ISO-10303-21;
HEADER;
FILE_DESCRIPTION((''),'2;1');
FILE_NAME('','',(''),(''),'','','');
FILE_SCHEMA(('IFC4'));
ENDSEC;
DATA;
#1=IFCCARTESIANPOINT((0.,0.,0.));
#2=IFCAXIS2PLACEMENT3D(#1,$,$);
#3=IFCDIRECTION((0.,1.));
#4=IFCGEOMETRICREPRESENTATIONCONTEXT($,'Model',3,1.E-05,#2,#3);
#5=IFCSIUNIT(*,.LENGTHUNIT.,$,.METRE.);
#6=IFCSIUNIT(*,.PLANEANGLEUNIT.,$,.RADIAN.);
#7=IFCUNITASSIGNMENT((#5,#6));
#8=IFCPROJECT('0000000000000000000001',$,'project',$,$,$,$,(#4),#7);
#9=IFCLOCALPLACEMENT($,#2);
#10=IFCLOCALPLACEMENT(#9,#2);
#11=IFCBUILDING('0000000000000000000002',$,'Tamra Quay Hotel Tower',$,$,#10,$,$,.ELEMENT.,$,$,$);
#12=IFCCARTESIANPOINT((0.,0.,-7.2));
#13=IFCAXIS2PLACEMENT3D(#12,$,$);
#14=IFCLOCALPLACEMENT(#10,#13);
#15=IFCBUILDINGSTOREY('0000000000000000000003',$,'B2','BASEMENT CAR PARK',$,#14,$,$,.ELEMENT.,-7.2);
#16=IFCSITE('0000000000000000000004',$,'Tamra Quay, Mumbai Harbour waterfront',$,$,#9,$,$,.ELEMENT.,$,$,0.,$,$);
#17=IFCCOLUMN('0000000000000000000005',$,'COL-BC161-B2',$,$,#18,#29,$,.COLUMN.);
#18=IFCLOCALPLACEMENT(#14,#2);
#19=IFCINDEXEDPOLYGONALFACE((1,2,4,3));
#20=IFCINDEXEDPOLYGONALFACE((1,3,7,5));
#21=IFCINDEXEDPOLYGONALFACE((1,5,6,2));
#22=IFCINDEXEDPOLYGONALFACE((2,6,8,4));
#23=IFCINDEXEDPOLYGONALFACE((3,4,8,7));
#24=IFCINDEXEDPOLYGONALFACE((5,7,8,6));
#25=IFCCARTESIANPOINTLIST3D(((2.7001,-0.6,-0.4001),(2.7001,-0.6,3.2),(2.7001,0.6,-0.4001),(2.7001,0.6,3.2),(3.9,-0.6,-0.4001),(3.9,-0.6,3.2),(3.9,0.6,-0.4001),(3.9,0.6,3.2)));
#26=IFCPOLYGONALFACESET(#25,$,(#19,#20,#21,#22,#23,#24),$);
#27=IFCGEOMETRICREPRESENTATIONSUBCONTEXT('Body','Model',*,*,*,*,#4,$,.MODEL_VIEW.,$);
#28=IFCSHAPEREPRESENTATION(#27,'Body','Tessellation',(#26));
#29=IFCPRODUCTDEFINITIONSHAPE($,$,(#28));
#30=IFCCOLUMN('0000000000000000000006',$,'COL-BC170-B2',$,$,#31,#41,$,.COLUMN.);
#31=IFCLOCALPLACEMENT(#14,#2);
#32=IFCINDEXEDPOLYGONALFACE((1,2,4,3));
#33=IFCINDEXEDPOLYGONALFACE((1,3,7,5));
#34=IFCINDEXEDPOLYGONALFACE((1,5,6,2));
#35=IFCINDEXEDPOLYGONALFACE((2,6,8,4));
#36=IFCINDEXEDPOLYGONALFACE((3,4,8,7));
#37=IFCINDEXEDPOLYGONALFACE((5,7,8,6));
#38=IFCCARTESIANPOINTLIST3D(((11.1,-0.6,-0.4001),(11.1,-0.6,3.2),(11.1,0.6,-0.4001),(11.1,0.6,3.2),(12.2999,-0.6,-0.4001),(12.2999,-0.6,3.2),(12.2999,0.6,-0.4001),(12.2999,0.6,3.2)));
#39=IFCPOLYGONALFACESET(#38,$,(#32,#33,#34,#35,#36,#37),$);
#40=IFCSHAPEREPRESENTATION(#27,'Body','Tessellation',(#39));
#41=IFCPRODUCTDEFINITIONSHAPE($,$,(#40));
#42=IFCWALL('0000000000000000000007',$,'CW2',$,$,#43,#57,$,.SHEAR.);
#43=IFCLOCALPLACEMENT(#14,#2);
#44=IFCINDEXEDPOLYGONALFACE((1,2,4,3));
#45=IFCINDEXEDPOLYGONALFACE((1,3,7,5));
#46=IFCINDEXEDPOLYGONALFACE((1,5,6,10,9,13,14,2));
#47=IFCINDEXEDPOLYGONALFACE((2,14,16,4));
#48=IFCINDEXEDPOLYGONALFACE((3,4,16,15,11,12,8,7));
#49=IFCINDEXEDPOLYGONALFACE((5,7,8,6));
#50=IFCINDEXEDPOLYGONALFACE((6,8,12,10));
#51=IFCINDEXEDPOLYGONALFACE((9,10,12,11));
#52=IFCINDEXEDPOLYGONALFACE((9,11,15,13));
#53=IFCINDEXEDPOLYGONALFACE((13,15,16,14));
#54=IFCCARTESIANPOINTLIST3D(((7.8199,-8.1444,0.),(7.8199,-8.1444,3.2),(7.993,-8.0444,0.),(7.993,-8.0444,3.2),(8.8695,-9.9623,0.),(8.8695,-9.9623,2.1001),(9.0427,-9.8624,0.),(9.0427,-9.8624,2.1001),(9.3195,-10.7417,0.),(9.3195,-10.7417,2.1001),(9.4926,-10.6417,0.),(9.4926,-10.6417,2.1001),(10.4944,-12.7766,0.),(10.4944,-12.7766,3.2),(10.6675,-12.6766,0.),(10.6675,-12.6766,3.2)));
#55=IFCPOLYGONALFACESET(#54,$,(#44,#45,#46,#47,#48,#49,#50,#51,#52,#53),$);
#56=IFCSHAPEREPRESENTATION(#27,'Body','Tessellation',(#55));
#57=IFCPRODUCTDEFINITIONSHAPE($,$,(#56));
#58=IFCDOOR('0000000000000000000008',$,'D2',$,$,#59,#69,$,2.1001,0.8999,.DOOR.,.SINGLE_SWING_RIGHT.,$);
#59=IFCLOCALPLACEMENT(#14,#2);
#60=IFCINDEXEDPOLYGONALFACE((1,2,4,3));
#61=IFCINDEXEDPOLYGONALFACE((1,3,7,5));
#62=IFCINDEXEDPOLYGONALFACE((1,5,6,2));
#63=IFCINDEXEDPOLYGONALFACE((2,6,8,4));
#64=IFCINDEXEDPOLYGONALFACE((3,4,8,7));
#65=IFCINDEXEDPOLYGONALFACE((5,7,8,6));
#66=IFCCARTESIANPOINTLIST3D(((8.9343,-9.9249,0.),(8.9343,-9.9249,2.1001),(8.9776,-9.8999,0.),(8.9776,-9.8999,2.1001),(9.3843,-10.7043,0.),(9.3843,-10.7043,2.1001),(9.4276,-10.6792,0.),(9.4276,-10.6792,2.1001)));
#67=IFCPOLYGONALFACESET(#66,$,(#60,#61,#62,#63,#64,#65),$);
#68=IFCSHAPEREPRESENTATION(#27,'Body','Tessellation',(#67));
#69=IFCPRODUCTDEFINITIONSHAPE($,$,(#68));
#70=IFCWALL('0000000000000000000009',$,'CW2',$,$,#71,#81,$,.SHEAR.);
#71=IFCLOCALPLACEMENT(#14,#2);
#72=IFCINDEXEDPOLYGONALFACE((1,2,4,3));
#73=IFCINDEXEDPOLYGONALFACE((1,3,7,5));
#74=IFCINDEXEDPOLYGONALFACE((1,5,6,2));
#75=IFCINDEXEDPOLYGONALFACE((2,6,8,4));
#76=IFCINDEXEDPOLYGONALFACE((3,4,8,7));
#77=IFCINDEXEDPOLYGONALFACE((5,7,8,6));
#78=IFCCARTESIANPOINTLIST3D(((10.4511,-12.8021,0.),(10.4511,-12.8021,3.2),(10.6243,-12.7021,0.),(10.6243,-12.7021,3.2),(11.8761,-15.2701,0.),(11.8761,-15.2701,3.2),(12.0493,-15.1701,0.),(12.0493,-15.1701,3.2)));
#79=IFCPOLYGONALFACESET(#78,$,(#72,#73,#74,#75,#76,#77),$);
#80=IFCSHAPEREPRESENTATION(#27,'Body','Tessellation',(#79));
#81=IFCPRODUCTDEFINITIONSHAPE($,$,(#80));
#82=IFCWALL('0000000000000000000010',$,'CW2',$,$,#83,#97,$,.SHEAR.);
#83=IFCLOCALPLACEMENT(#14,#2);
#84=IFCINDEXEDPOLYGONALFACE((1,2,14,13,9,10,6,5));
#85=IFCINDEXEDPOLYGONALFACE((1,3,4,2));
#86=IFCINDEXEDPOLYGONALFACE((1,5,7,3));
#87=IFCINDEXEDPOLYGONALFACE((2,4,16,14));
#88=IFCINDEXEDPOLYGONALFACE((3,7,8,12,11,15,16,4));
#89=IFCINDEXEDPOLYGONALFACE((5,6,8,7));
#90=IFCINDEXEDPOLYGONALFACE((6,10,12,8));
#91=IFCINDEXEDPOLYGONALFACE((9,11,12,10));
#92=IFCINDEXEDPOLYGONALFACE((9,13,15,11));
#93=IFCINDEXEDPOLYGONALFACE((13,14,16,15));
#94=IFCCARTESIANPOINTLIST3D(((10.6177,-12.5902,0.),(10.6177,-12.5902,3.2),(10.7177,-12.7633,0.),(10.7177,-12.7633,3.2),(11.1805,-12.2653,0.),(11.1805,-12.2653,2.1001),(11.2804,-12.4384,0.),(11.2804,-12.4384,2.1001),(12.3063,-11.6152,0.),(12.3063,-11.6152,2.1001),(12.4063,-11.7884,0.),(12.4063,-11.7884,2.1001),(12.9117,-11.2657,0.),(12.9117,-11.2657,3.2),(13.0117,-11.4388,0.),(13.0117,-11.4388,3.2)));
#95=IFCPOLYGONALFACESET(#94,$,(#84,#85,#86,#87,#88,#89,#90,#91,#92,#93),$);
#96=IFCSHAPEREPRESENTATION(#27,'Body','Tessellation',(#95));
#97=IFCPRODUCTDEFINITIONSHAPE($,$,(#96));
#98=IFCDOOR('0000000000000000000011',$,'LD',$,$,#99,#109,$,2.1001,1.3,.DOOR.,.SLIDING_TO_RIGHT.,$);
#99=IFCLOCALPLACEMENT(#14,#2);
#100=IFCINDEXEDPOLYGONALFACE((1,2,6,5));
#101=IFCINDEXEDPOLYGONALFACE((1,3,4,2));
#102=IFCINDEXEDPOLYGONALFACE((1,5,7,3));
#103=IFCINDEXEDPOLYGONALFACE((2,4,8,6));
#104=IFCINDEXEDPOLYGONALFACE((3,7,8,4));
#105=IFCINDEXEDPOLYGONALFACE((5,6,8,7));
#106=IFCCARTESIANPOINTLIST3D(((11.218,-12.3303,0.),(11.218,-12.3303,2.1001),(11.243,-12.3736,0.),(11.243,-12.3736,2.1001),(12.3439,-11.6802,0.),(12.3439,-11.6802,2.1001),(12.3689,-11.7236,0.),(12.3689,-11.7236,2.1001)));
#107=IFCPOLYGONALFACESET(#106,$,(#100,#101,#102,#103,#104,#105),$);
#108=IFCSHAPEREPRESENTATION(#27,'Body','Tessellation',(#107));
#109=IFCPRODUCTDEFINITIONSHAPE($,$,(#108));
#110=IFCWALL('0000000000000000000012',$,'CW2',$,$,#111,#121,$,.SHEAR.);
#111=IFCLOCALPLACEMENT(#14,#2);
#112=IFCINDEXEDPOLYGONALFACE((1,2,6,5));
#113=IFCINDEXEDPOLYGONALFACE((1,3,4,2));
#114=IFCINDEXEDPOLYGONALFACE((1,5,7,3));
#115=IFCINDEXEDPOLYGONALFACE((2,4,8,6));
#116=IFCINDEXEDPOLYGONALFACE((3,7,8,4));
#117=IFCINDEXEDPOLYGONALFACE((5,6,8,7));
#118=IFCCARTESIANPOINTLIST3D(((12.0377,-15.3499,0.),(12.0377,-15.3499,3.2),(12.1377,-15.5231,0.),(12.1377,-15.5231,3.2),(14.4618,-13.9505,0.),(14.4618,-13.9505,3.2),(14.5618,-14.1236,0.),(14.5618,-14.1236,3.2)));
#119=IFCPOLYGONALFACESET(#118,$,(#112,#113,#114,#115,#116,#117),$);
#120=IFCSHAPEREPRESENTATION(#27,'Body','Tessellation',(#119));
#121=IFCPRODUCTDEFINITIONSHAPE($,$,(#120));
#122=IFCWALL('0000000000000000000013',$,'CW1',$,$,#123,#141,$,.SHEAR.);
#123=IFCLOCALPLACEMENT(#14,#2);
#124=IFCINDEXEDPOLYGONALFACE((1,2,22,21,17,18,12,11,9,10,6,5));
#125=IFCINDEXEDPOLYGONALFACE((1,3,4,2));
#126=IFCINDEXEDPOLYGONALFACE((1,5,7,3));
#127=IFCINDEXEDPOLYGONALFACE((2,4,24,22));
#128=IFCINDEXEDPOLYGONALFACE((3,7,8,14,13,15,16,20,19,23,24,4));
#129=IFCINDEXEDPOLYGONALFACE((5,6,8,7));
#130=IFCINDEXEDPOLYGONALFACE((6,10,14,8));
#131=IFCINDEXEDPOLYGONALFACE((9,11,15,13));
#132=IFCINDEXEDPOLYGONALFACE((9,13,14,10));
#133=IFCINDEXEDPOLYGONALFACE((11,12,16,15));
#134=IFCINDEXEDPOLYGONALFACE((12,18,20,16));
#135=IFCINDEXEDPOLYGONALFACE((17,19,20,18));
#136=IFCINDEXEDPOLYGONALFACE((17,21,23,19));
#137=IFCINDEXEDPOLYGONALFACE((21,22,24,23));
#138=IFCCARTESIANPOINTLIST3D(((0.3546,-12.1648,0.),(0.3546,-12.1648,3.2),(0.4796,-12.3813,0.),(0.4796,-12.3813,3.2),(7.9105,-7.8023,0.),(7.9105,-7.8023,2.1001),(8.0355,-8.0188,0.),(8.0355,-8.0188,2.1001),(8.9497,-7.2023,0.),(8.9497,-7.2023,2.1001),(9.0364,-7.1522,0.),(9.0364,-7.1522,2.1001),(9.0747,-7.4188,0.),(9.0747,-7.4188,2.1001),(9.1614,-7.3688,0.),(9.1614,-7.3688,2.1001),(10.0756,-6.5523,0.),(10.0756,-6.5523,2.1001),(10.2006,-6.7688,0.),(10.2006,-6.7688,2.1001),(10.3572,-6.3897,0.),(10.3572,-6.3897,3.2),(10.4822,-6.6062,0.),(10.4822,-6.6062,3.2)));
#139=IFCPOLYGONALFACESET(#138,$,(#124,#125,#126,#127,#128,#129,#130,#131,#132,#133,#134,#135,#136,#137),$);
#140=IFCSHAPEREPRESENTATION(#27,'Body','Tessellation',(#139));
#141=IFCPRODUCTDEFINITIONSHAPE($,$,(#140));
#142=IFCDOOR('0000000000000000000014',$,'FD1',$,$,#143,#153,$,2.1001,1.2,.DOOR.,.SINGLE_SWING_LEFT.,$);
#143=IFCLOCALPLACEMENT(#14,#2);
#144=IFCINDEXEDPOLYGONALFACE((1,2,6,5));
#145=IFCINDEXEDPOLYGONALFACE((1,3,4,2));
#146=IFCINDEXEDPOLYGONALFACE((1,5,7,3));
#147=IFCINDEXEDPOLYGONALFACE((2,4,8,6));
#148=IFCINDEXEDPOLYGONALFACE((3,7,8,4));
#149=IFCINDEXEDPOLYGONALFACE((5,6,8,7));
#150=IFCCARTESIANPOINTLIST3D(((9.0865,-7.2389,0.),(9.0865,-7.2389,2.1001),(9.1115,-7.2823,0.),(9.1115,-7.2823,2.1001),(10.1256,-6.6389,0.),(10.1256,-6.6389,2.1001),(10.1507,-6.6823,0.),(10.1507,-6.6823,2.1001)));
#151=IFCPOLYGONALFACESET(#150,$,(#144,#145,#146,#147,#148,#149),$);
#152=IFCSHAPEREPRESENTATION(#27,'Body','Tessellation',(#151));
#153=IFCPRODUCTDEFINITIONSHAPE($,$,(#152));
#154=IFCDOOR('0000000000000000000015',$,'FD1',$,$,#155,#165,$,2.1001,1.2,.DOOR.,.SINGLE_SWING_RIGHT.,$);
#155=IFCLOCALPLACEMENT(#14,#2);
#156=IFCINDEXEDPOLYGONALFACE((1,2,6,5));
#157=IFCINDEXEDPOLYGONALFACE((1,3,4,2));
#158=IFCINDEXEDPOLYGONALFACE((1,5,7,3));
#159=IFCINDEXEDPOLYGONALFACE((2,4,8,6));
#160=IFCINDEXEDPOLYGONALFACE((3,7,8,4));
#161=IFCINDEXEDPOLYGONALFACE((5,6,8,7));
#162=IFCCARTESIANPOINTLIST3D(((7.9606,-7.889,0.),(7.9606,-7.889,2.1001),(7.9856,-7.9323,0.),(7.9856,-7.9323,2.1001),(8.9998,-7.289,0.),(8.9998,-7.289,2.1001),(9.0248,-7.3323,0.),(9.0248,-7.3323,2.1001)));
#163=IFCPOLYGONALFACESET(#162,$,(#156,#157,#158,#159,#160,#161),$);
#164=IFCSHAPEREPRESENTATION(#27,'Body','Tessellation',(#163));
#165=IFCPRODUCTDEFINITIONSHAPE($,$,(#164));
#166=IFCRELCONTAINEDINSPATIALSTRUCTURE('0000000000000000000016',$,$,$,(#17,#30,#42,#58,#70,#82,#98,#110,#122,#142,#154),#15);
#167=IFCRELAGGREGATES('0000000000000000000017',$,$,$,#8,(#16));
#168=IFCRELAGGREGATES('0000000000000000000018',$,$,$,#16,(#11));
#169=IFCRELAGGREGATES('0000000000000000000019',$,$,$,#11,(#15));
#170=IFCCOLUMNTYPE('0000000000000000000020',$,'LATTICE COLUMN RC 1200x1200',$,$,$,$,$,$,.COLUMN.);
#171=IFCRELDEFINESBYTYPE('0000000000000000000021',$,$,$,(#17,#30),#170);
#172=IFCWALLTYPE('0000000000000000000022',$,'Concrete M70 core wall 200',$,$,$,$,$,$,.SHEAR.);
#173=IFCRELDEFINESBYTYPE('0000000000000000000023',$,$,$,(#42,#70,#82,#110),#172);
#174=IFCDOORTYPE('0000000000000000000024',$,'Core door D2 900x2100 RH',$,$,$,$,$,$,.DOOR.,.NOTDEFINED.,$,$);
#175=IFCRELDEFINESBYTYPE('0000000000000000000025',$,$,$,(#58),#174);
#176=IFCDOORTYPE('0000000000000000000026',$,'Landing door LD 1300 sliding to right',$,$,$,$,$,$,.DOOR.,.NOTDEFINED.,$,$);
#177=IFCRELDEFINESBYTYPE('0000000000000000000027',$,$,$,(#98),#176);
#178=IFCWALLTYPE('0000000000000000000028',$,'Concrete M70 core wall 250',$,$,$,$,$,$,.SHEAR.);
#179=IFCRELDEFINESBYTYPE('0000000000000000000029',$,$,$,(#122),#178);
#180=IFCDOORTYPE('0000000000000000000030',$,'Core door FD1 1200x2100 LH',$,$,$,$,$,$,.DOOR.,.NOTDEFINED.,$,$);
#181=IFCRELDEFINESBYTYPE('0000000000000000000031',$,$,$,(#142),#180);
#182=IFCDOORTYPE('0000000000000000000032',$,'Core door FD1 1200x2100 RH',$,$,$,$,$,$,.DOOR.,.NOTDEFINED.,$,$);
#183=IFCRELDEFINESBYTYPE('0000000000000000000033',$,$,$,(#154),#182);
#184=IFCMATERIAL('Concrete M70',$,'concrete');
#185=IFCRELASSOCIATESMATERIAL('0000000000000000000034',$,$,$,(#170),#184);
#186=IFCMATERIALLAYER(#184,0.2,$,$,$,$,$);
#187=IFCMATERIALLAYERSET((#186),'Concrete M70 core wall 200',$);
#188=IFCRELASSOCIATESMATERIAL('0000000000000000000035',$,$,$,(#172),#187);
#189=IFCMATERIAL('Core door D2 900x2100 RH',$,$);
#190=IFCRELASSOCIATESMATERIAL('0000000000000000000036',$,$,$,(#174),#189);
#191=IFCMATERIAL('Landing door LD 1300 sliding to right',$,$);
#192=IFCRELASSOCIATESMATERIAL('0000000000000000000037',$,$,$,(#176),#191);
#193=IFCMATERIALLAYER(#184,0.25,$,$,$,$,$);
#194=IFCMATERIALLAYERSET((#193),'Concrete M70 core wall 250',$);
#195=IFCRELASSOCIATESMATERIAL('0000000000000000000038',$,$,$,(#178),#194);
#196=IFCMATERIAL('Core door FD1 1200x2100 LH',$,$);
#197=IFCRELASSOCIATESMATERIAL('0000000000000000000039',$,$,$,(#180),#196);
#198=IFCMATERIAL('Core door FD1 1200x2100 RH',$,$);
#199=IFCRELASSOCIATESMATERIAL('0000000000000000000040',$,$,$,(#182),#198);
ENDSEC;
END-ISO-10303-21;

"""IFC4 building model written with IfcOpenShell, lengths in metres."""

from ifc_helpers import new_model, si_unit, direction, frame, frame_2d, origin, origin_2d, place, context, subcontext, project, spatial, rectangle, extrude, material, layer, layer_set, material_profile, profile_set, type_object, element, fill, save


model = new_model("IFC4")

# Units and contexts
model_context = context("Model", 3, precision=1e-05, world=origin(), true_north=direction((0.0, 1.0)))
body_context = subcontext(model_context, "Body", "Model", "MODEL_VIEW")
ifc_project = project(units=[si_unit("LENGTHUNIT", "METRE"), si_unit("PLANEANGLEUNIT", "RADIAN")], contexts=[model_context])

# Site, building, storey
site_placement = place(None, origin())
site = spatial("IfcSite", under=ifc_project, at=site_placement, Name="Tamra Quay, Mumbai Harbour waterfront", CompositionType="ELEMENT", RefElevation=0.0)
building_placement = place(site_placement, origin())
building = spatial("IfcBuilding", under=site, at=building_placement, Name="Tamra Quay Hotel Tower", CompositionType="ELEMENT")
storey_placement = place(building_placement, frame((0.0, 0.0, -7.2)))
storey = spatial("IfcBuildingStorey", under=building, at=storey_placement, Name="B2", Description="BASEMENT CAR PARK", CompositionType="ELEMENT", Elevation=-7.2)

# Columns
ifc_material_1 = material(Name="Concrete M70", Category="concrete")
ifc_material_profile = material_profile(ifc_material_1, rectangle(XDim=1.2, YDim=1.2, at=origin_2d()), Name="LATTICE COLUMN RC 1200x1200")
ifc_profile_set = profile_set([ifc_material_profile], Name="Concrete M70")
column_type = type_object("IfcColumnType", Name="LATTICE COLUMN RC 1200x1200", PredefinedType="COLUMN", material=ifc_profile_set)
for number, where, z_axis, x_axis, name in (
    (1, (3.3, 0.0, -0.4001), (0.0, 0.0, 1.0), (1.0, 0.0, 0.0), "COL-BC161-B2"),
    (2, (11.7, 0.0, -0.4001), (0.0, 0.0, 1.0), (1.0, 0.0, 0.0), "COL-BC170-B2"),
):
    element("IfcColumn", number, at=place(storey_placement, frame(where, z_axis=z_axis, x_axis=x_axis)), inside=storey, type_object=column_type, Name=name, PredefinedType="COLUMN", context=body_context, shape_type="SweptSolid", body=[
        extrude(rectangle(XDim=1.2, YDim=1.2, at=origin_2d()), origin(), (0.0, 0.0, 1.0), 3.6001),
    ])

# Wall, opening, door
ifc_layer_1 = layer(ifc_material_1, 0.2)
ifc_layer_set_1 = layer_set([ifc_layer_1], Name="Concrete M70 core wall 200")
wall_type_1 = type_object("IfcWallType", Name="Concrete M70 core wall 200", PredefinedType="SHEAR", material=ifc_layer_set_1)
wall_1_placement = place(storey_placement, frame((7.9065, -8.0945, 0.0), z_axis=(0.0, 0.0, 1.0), x_axis=(0.500012, -0.866018, 0.0)))
wall_1 = element("IfcWall", 3, at=wall_1_placement, inside=storey, type_object=wall_type_1, Name="CW2", PredefinedType="SHEAR", context=body_context, shape_type="SweptSolid", body=[
    extrude(rectangle(XDim=5.3489, YDim=0.2, at=frame_2d((2.6743, 0.0))), origin(), (0.0, 0.0, 1.0), 3.2),
])
opening_1_placement = place(wall_1_placement, frame((2.0991, 0.0, 0.0)))
opening_1 = element("IfcOpeningElement", 4, at=opening_1_placement, cuts=wall_1, PredefinedType="OPENING", context=body_context, shape_type="SweptSolid", body=[
    extrude(rectangle(XDim=0.8999, YDim=2.1001, at=frame_2d((0.45, 1.05))), frame((0.0, 0.1099, 0.0), z_axis=(0.0, -1.0, 0.0), x_axis=(1.0, 0.0, 0.0)), (0.0, 0.0, 1.0), 0.22),
])
ifc_material_2 = material(Name="Core door D2 900x2100 RH")
door_type_1 = type_object("IfcDoorType", Name="Core door D2 900x2100 RH", OperationType="NOTDEFINED", PredefinedType="DOOR", material=ifc_material_2)
door_1_placement = place(opening_1_placement, origin())
door_1 = element("IfcDoor", 5, at=door_1_placement, inside=storey, type_object=door_type_1, Name="D2", OperationType="SINGLE_SWING_RIGHT", OverallHeight=2.1001, OverallWidth=0.8999, PredefinedType="DOOR", context=body_context, shape_type="SweptSolid", body=[
    extrude(rectangle(XDim=0.8999, YDim=2.1001, at=frame_2d((0.45, 1.05))), frame((0.0, 0.0249, 0.0), z_axis=(0.0, -1.0, 0.0), x_axis=(1.0, 0.0, 0.0)), (0.0, 0.0, 1.0), 0.05),
])
fill(opening_1, door_1)

# Wall
wall_2_placement = place(storey_placement, frame((11.9626, -15.22, 0.0), z_axis=(0.0, 0.0, 1.0), x_axis=(-0.500036, 0.866004, 0.0)))
element("IfcWall", 6, at=wall_2_placement, inside=storey, type_object=wall_type_1, Name="CW2", PredefinedType="SHEAR", context=body_context, shape_type="SweptSolid", body=[
    extrude(rectangle(XDim=2.8499, YDim=0.2, at=frame_2d((1.4248, 0.0))), origin(), (0.0, 0.0, 1.0), 3.2),
])

# Wall, opening, door
wall_3_placement = place(storey_placement, frame((10.6677, -12.6768, 0.0), z_axis=(0.0, 0.0, 1.0), x_axis=(0.866017, 0.500015, 0.0)))
wall_3 = element("IfcWall", 7, at=wall_3_placement, inside=storey, type_object=wall_type_1, Name="CW2", PredefinedType="SHEAR", context=body_context, shape_type="SweptSolid", body=[
    extrude(rectangle(XDim=2.6489, YDim=0.2, at=frame_2d((1.3245, 0.0))), origin(), (0.0, 0.0, 1.0), 3.2),
])
opening_2_placement = place(wall_3_placement, frame((0.6499, 0.0, 0.0)))
opening_2 = element("IfcOpeningElement", 8, at=opening_2_placement, cuts=wall_3, PredefinedType="OPENING", context=body_context, shape_type="SweptSolid", body=[
    extrude(rectangle(XDim=1.3, YDim=2.1001, at=frame_2d((0.6499, 1.05))), frame((0.0, 0.1099, 0.0), z_axis=(0.0, -1.0, 0.0), x_axis=(1.0, 0.0, 0.0)), (0.0, 0.0, 1.0), 0.22),
])
ifc_material_3 = material(Name="Landing door LD 1300 sliding to right")
door_type_2 = type_object("IfcDoorType", Name="Landing door LD 1300 sliding to right", OperationType="NOTDEFINED", PredefinedType="DOOR", material=ifc_material_3)
door_2_placement = place(opening_2_placement, origin())
door_2 = element("IfcDoor", 9, at=door_2_placement, inside=storey, type_object=door_type_2, Name="LD", OperationType="SLIDING_TO_RIGHT", OverallHeight=2.1001, OverallWidth=1.3, PredefinedType="DOOR", context=body_context, shape_type="SweptSolid", body=[
    extrude(rectangle(XDim=1.3, YDim=2.1001, at=frame_2d((0.6499, 1.05))), frame((0.0, 0.0249, 0.0), z_axis=(0.0, -1.0, 0.0), x_axis=(1.0, 0.0, 0.0)), (0.0, 0.0, 1.0), 0.05),
])
fill(opening_2, door_2)

# Wall
wall_4_placement = place(storey_placement, frame((14.5117, -14.0371, 0.0), z_axis=(0.0, 0.0, 1.0), x_axis=(-0.866045, -0.499967, 0.0)))
element("IfcWall", 10, at=wall_4_placement, inside=storey, type_object=wall_type_1, Name="CW2", PredefinedType="SHEAR", context=body_context, shape_type="SweptSolid", body=[
    extrude(rectangle(XDim=2.7991, YDim=0.2, at=frame_2d((1.3994, 0.0))), origin(), (0.0, 0.0, 1.0), 3.2),
])

# Wall, openings, doors
ifc_layer_2 = layer(ifc_material_1, 0.25)
ifc_layer_set_2 = layer_set([ifc_layer_2], Name="Concrete M70 core wall 250")
wall_type_2 = type_object("IfcWallType", Name="Concrete M70 core wall 250", PredefinedType="SHEAR", material=ifc_layer_set_2)
wall_5_placement = place(storey_placement, frame((0.4172, -12.2729, 0.0), z_axis=(0.0, 0.0, 1.0), x_axis=(0.866022, 0.500006, 0.0)))
wall_5 = element("IfcWall", 11, at=wall_5_placement, inside=storey, type_object=wall_type_2, Name="CW1", PredefinedType="SHEAR", context=body_context, shape_type="SweptSolid", body=[
    extrude(rectangle(XDim=11.55, YDim=0.25, at=frame_2d((5.7749, 0.0))), origin(), (0.0, 0.0, 1.0), 3.2),
])
opening_3_placement = place(wall_5_placement, frame((10.0247, 0.0, 0.0)))
opening_3 = element("IfcOpeningElement", 12, at=opening_3_placement, cuts=wall_5, PredefinedType="OPENING", context=body_context, shape_type="SweptSolid", body=[
    extrude(rectangle(XDim=1.2, YDim=2.1001, at=frame_2d((0.6001, 1.05))), frame((0.0, 0.135, 0.0), z_axis=(0.0, -1.0, 0.0), x_axis=(1.0, 0.0, 0.0)), (0.0, 0.0, 1.0), 0.27),
])
opening_4_placement = place(wall_5_placement, frame((8.7246, 0.0, 0.0)))
opening_4 = element("IfcOpeningElement", 13, at=opening_4_placement, cuts=wall_5, PredefinedType="OPENING", context=body_context, shape_type="SweptSolid", body=[
    extrude(rectangle(XDim=1.2, YDim=2.1001, at=frame_2d((0.6001, 1.05))), frame((0.0, 0.135, 0.0), z_axis=(0.0, -1.0, 0.0), x_axis=(1.0, 0.0, 0.0)), (0.0, 0.0, 1.0), 0.27),
])
ifc_material_4 = material(Name="Core door FD1 1200x2100 LH")
door_type_3 = type_object("IfcDoorType", Name="Core door FD1 1200x2100 LH", OperationType="NOTDEFINED", PredefinedType="DOOR", material=ifc_material_4)
door_3_placement = place(opening_3_placement, origin())
door_3 = element("IfcDoor", 14, at=door_3_placement, inside=storey, type_object=door_type_3, Name="FD1", OperationType="SINGLE_SWING_LEFT", OverallHeight=2.1001, OverallWidth=1.2, PredefinedType="DOOR", context=body_context, shape_type="SweptSolid", body=[
    extrude(rectangle(XDim=1.2, YDim=2.1001, at=frame_2d((0.6001, 1.05))), frame((0.0, 0.0249, 0.0), z_axis=(0.0, -1.0, 0.0), x_axis=(1.0, 0.0, 0.0)), (0.0, 0.0, 1.0), 0.05),
])
fill(opening_3, door_3)
ifc_material_5 = material(Name="Core door FD1 1200x2100 RH")
door_type_4 = type_object("IfcDoorType", Name="Core door FD1 1200x2100 RH", OperationType="NOTDEFINED", PredefinedType="DOOR", material=ifc_material_5)
door_4_placement = place(opening_4_placement, origin())
door_4 = element("IfcDoor", 15, at=door_4_placement, inside=storey, type_object=door_type_4, Name="FD1", OperationType="SINGLE_SWING_RIGHT", OverallHeight=2.1001, OverallWidth=1.2, PredefinedType="DOOR", context=body_context, shape_type="SweptSolid", body=[
    extrude(rectangle(XDim=1.2, YDim=2.1001, at=frame_2d((0.6001, 1.05))), frame((0.0, 0.0249, 0.0), z_axis=(0.0, -1.0, 0.0), x_axis=(1.0, 0.0, 0.0)), (0.0, 0.0, 1.0), 0.05),
])
fill(opening_4, door_4)

save(model, "model.ifc")
